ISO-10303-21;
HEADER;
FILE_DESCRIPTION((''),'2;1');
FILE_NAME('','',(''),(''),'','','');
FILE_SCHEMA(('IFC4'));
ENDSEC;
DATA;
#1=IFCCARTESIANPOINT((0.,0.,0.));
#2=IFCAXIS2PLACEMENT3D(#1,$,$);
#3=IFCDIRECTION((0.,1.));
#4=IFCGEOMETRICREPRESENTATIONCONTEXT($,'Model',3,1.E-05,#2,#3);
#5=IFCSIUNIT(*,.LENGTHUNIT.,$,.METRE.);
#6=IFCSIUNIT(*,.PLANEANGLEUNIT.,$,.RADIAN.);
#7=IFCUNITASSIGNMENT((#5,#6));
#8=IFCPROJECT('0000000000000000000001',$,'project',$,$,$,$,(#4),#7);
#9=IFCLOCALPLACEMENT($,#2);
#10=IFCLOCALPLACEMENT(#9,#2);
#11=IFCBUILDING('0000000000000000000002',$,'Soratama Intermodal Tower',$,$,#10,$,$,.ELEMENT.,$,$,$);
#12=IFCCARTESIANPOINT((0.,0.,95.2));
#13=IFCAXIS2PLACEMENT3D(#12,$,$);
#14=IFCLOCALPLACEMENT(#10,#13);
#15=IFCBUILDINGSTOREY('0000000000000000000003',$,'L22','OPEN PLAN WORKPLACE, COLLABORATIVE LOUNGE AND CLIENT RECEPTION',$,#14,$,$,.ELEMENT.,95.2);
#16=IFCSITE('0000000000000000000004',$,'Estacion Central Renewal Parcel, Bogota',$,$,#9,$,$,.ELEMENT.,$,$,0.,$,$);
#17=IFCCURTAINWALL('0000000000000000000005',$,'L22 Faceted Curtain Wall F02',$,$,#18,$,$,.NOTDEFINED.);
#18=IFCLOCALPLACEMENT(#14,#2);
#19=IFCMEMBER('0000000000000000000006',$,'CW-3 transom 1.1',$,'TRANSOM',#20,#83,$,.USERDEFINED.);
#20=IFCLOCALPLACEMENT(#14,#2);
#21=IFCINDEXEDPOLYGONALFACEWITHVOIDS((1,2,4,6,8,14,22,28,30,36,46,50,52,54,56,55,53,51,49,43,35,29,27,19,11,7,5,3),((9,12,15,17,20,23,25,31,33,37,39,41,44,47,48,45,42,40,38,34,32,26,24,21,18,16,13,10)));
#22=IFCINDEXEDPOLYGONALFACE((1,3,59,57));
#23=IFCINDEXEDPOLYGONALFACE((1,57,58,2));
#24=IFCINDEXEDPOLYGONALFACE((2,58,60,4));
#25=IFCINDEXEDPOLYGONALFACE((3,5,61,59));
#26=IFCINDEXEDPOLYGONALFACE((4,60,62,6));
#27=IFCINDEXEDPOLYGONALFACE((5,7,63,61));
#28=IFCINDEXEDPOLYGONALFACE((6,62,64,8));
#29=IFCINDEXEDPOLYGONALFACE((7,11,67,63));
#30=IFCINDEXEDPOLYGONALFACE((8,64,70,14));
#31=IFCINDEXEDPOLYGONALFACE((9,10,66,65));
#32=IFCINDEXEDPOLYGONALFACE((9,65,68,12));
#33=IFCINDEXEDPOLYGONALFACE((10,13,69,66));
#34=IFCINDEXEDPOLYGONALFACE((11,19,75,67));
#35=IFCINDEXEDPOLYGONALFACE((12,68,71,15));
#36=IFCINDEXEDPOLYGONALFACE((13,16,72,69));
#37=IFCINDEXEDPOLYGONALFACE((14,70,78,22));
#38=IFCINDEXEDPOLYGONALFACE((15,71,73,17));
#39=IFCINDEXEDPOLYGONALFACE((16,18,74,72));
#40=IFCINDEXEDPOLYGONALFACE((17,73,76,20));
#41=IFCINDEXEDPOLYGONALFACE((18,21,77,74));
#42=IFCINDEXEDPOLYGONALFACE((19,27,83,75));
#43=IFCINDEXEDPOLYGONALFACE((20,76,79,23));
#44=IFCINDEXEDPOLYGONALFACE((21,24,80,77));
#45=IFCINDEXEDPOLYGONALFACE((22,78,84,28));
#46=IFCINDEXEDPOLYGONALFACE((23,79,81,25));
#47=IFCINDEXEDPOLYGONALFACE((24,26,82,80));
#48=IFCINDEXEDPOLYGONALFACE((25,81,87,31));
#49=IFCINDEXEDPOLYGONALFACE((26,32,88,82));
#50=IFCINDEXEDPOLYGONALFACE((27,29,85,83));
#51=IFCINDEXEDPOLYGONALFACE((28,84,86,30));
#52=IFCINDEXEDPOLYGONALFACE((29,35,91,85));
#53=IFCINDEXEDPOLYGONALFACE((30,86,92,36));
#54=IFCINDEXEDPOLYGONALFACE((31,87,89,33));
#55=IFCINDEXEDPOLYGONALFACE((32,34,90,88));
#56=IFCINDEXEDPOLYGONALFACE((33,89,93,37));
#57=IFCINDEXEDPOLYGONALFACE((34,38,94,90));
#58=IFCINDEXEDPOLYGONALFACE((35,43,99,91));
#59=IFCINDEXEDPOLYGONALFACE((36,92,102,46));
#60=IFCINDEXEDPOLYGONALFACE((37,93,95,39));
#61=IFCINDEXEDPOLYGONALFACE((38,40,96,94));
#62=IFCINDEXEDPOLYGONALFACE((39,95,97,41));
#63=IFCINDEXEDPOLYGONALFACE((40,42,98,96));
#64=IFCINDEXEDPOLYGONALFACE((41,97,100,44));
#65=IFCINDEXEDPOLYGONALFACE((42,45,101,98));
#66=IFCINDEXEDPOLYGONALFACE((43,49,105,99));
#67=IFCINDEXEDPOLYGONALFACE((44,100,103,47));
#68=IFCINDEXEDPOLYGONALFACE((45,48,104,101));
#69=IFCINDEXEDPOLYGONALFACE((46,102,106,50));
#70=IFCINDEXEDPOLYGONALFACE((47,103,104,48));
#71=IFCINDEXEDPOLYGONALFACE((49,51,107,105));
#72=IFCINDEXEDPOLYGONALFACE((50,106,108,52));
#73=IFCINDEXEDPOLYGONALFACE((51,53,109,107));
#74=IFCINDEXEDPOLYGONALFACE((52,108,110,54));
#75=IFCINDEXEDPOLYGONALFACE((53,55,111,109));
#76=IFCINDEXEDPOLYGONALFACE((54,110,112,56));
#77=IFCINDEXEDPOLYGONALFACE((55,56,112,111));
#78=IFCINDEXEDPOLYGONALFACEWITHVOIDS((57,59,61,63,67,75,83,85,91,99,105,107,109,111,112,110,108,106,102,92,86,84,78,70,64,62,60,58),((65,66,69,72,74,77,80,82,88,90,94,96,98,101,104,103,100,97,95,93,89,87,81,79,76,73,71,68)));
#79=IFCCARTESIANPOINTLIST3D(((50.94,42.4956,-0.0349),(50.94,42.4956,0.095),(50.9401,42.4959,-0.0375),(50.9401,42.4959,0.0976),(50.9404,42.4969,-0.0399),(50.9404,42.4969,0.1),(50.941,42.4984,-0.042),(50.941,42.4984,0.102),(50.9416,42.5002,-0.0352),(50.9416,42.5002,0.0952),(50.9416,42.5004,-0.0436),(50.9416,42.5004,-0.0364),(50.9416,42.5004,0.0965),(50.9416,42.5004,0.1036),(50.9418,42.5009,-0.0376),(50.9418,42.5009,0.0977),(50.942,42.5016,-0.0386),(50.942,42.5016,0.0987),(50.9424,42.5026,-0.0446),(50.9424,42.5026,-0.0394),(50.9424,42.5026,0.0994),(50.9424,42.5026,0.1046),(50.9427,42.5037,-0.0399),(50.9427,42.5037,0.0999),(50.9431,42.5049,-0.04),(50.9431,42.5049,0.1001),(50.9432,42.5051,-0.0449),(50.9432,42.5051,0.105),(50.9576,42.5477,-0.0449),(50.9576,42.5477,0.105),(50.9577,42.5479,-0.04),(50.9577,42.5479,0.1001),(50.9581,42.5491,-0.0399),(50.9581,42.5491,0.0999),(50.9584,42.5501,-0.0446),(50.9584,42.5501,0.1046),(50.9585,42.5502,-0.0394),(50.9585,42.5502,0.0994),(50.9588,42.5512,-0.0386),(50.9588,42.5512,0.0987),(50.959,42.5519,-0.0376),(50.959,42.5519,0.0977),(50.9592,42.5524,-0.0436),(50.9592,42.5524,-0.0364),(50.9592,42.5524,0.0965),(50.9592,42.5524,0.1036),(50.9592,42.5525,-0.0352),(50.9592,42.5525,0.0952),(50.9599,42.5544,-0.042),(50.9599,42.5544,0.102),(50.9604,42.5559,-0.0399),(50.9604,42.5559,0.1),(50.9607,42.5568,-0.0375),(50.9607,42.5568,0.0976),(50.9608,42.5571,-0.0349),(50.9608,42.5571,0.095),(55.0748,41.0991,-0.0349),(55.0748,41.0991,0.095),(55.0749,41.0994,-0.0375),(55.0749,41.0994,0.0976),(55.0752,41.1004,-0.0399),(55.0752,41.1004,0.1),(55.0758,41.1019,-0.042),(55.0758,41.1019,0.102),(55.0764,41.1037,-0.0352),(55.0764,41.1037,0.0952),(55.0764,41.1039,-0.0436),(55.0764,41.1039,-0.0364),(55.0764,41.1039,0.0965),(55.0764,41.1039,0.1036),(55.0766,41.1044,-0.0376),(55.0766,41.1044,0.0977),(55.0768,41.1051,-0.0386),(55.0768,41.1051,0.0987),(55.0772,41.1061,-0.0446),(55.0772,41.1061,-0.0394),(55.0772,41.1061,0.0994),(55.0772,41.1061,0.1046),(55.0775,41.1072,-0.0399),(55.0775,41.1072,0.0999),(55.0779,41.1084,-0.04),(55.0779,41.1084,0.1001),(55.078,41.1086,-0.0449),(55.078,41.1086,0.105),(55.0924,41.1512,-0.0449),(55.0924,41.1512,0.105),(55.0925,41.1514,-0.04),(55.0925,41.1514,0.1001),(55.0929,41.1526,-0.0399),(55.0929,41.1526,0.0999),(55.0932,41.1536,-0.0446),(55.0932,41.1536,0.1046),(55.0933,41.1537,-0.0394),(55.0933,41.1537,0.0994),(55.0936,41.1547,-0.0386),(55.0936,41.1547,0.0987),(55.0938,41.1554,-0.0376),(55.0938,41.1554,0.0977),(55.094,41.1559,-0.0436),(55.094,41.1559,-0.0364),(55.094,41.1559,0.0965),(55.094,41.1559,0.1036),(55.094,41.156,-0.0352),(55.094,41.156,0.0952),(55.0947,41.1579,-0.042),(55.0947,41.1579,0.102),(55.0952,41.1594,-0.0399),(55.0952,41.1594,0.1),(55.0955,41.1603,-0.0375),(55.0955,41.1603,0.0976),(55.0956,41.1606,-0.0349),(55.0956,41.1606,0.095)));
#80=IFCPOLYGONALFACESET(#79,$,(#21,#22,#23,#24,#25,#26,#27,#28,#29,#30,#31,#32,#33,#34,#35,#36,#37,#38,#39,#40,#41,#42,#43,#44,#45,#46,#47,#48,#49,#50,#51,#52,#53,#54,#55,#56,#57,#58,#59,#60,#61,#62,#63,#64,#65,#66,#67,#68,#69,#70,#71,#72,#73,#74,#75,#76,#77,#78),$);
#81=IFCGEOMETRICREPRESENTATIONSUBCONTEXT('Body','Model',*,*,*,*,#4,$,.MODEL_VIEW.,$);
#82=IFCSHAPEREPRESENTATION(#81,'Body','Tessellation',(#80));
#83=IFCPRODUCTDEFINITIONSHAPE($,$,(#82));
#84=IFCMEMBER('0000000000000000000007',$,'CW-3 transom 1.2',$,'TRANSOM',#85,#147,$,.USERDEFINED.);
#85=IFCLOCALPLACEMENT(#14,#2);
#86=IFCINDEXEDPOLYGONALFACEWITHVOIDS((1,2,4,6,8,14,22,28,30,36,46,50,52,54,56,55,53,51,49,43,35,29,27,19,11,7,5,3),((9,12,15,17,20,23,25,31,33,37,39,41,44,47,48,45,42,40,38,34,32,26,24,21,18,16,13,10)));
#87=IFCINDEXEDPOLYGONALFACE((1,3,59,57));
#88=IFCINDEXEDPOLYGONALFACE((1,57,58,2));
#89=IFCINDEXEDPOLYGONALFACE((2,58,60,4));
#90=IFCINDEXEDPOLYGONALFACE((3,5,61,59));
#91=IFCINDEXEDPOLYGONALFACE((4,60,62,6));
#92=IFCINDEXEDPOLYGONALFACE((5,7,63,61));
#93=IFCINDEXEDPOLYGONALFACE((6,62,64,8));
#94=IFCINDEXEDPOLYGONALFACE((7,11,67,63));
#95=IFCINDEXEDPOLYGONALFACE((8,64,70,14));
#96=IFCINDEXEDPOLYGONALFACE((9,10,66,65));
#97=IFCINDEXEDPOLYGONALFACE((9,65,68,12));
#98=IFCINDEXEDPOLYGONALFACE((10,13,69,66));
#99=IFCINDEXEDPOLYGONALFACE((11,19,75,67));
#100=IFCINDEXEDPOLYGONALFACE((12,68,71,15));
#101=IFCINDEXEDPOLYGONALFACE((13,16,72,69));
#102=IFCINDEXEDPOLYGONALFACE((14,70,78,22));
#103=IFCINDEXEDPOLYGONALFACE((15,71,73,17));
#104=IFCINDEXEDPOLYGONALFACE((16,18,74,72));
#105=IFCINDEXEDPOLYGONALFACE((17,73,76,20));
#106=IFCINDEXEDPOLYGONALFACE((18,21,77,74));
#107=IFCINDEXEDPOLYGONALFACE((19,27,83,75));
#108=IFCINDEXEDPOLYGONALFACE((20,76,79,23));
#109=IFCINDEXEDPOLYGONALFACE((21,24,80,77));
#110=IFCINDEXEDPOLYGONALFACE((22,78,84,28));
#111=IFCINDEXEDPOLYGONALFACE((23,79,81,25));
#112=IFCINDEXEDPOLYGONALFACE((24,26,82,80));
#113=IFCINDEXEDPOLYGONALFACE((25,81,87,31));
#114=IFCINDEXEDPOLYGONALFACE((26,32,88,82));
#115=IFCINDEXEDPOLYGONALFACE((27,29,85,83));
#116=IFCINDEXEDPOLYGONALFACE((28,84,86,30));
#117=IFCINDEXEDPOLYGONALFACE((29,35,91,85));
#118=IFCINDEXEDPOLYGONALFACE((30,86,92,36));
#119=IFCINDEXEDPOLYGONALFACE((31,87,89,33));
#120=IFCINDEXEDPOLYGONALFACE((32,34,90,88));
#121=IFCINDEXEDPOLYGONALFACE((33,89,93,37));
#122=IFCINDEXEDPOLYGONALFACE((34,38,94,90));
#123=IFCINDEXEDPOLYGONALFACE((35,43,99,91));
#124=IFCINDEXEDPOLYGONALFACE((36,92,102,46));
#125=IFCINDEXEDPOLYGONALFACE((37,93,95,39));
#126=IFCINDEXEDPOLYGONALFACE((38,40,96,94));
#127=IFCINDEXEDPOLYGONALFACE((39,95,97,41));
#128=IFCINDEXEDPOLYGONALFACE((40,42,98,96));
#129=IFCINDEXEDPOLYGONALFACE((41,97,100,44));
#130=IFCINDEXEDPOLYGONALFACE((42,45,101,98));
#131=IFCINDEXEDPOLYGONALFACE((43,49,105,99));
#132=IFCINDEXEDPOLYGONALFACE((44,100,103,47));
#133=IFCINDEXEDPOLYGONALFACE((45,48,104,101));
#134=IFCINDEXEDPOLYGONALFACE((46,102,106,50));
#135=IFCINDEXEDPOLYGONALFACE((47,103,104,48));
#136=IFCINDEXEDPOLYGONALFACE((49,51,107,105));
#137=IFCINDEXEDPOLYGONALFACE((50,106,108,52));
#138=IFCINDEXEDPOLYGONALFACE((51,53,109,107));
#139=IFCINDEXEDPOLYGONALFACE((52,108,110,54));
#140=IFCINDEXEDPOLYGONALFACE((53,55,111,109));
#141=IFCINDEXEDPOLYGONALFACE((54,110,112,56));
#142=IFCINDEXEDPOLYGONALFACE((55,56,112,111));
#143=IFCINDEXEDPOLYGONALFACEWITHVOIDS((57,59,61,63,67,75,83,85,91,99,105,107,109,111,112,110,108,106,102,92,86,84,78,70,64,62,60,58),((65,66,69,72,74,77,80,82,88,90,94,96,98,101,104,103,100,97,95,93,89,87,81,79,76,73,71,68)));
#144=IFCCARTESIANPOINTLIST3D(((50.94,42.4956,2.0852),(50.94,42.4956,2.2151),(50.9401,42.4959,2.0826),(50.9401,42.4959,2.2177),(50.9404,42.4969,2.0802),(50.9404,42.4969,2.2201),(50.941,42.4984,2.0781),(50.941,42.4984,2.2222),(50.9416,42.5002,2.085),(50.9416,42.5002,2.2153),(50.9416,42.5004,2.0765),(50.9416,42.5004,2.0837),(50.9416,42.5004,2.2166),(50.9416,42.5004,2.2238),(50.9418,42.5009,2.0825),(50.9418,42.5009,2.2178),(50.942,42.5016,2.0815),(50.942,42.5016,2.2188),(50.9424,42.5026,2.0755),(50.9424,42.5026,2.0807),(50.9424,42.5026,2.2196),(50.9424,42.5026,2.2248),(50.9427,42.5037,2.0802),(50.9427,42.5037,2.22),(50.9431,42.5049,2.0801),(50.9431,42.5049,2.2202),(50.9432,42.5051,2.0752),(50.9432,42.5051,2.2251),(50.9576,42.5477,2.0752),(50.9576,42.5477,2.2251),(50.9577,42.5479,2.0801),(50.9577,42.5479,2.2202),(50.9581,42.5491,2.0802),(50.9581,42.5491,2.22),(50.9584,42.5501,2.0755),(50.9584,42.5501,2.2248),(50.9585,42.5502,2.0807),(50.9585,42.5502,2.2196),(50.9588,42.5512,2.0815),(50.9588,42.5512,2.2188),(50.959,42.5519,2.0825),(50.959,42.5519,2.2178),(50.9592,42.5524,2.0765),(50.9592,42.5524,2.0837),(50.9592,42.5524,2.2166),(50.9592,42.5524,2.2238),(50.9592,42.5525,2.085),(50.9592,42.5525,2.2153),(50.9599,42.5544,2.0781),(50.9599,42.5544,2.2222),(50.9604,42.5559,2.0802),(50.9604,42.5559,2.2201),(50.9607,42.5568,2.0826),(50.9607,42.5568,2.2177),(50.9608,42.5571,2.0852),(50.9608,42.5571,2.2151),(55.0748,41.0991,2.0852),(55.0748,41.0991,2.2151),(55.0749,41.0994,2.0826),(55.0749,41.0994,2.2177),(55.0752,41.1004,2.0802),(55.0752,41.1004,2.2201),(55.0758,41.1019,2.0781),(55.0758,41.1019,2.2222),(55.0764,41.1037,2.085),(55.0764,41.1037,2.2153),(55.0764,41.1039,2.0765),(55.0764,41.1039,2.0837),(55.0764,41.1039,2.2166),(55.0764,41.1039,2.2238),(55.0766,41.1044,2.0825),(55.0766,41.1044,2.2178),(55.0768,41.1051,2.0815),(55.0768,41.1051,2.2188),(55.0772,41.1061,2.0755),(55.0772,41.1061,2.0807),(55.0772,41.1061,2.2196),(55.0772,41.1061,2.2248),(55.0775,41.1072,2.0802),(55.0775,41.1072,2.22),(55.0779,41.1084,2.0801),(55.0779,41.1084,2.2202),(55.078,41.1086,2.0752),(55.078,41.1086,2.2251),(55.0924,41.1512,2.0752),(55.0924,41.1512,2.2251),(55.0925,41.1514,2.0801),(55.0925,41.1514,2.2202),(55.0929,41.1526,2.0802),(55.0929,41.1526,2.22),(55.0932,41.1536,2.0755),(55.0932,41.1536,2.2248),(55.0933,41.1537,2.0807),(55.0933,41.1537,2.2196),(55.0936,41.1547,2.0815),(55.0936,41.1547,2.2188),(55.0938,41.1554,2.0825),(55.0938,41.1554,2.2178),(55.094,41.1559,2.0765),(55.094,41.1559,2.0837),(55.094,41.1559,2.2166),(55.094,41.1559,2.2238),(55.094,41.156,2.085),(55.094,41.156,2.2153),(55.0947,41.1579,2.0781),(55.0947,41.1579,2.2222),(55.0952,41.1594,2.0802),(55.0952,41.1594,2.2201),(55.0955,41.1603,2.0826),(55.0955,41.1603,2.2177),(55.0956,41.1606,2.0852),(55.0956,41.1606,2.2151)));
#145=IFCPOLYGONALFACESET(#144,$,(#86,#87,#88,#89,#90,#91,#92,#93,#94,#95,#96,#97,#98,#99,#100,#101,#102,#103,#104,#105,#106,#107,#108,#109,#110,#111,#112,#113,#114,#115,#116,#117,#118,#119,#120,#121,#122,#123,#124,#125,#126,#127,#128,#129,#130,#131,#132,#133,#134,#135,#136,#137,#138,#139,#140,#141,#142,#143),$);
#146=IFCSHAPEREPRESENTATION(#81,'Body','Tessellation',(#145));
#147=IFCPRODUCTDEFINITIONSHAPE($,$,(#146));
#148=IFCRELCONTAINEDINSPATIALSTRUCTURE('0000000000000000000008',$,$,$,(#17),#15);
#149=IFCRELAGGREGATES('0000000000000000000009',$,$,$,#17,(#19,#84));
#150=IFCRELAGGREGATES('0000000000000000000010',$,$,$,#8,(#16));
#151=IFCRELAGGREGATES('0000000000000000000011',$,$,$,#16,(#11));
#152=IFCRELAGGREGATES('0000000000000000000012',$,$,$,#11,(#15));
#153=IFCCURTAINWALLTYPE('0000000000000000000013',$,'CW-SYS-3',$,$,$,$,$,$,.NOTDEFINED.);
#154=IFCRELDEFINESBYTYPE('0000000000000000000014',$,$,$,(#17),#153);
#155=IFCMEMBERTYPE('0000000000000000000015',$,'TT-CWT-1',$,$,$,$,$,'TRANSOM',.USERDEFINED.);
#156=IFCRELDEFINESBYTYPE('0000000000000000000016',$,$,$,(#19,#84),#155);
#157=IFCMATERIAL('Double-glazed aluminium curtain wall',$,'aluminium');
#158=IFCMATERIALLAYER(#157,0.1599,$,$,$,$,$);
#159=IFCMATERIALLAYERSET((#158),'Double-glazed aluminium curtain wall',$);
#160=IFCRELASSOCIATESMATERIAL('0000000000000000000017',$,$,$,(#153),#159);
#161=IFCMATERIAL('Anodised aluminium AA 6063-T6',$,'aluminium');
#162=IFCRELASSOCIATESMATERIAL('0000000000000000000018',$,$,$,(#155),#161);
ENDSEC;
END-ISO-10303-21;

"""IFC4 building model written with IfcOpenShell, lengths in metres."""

from ifc_helpers import new_model, si_unit, direction, frame, origin, origin_2d, place, context, subcontext, project, spatial, hollow_rectangle, extrude, material, layer, layer_set, material_profile, profile_set, type_object, element, aggregate, save


model = new_model("IFC4")

# Units and contexts
model_context = context("Model", 3, precision=1e-05, world=origin(), true_north=direction((0.0, 1.0)))
body_context = subcontext(model_context, "Body", "Model", "MODEL_VIEW")
ifc_project = project(units=[si_unit("LENGTHUNIT", "METRE"), si_unit("PLANEANGLEUNIT", "RADIAN")], contexts=[model_context])

# Site, building, storey
site_placement = place(None, origin())
site = spatial("IfcSite", under=ifc_project, at=site_placement, Name="Estacion Central Renewal Parcel, Bogota", CompositionType="ELEMENT", RefElevation=0.0)
building_placement = place(site_placement, origin())
building = spatial("IfcBuilding", under=site, at=building_placement, Name="Soratama Intermodal Tower", CompositionType="ELEMENT")
storey_placement = place(building_placement, frame((0.0, 0.0, 95.2)))
storey = spatial("IfcBuildingStorey", under=building, at=storey_placement, Name="L22", Description="OPEN PLAN WORKPLACE, COLLABORATIVE LOUNGE AND CLIENT RECEPTION", CompositionType="ELEMENT", Elevation=95.2)

# Shared definitions
ifc_material_1 = material(Name="Double-glazed aluminium curtain wall", Category="aluminium")
ifc_layer_1 = layer(ifc_material_1, 0.1599)
ifc_layer_set_1 = layer_set([ifc_layer_1], Name="Double-glazed aluminium curtain wall")
curtain_wall_type = type_object("IfcCurtainWallType", Name="CW-SYS-3", PredefinedType="NOTDEFINED", material=ifc_layer_set_1)

# Curtain wall, members
curtain_wall_1_placement = place(storey_placement, origin())
curtain_wall_1 = element("IfcCurtainWall", 1, at=curtain_wall_1_placement, inside=storey, type_object=curtain_wall_type, Name="L22 Faceted Curtain Wall F02", PredefinedType="NOTDEFINED")
ifc_material_2 = material(Name="Anodised aluminium AA 6063-T6", Category="aluminium")
ifc_material_profile_1 = material_profile(ifc_material_2, hollow_rectangle(XDim=0.0649, YDim=0.1499, WallThickness=0.0049, InnerFilletRadius=0.0049, OuterFilletRadius=0.01, at=origin_2d()), Name="CWT150X65X5")
ifc_profile_set_1 = profile_set([ifc_material_profile_1], Name="Anodised aluminium AA 6063-T6")
member_type_1 = type_object("IfcMemberType", Name="TT-CWT-1", ElementType="TRANSOM", PredefinedType="USERDEFINED", material=ifc_profile_set_1)
member_1_placement = place(storey_placement, frame((55.0852, 41.1299, 0.03), z_axis=(-0.947423, 0.319985, 0.0), x_axis=(-0.319985, -0.947423, 0.0)))
member_1 = element("IfcMember", 2, at=member_1_placement, type_object=member_type_1, Name="CW-3 transom 1.1", ObjectType="TRANSOM", PredefinedType="USERDEFINED", context=body_context, shape_type="SweptSolid", body=[
    extrude(hollow_rectangle(XDim=0.0649, YDim=0.1499, WallThickness=0.0049, InnerFilletRadius=0.0049, OuterFilletRadius=0.01, at=origin_2d()), origin(), (0.0, 0.0, 1.0), 4.3643),
])
member_2_placement = place(storey_placement, frame((55.0852, 41.1299, 2.1501), z_axis=(-0.947423, 0.319985, 0.0), x_axis=(-0.319985, -0.947423, 0.0)))
member_2 = element("IfcMember", 3, at=member_2_placement, type_object=member_type_1, Name="CW-3 transom 1.2", ObjectType="TRANSOM", PredefinedType="USERDEFINED", context=body_context, shape_type="SweptSolid", body=[
    extrude(hollow_rectangle(XDim=0.0649, YDim=0.1499, WallThickness=0.0049, InnerFilletRadius=0.0049, OuterFilletRadius=0.01, at=origin_2d()), origin(), (0.0, 0.0, 1.0), 4.3643),
])
aggregate(curtain_wall_1, [member_1, member_2])

save(model, "model.ifc")
